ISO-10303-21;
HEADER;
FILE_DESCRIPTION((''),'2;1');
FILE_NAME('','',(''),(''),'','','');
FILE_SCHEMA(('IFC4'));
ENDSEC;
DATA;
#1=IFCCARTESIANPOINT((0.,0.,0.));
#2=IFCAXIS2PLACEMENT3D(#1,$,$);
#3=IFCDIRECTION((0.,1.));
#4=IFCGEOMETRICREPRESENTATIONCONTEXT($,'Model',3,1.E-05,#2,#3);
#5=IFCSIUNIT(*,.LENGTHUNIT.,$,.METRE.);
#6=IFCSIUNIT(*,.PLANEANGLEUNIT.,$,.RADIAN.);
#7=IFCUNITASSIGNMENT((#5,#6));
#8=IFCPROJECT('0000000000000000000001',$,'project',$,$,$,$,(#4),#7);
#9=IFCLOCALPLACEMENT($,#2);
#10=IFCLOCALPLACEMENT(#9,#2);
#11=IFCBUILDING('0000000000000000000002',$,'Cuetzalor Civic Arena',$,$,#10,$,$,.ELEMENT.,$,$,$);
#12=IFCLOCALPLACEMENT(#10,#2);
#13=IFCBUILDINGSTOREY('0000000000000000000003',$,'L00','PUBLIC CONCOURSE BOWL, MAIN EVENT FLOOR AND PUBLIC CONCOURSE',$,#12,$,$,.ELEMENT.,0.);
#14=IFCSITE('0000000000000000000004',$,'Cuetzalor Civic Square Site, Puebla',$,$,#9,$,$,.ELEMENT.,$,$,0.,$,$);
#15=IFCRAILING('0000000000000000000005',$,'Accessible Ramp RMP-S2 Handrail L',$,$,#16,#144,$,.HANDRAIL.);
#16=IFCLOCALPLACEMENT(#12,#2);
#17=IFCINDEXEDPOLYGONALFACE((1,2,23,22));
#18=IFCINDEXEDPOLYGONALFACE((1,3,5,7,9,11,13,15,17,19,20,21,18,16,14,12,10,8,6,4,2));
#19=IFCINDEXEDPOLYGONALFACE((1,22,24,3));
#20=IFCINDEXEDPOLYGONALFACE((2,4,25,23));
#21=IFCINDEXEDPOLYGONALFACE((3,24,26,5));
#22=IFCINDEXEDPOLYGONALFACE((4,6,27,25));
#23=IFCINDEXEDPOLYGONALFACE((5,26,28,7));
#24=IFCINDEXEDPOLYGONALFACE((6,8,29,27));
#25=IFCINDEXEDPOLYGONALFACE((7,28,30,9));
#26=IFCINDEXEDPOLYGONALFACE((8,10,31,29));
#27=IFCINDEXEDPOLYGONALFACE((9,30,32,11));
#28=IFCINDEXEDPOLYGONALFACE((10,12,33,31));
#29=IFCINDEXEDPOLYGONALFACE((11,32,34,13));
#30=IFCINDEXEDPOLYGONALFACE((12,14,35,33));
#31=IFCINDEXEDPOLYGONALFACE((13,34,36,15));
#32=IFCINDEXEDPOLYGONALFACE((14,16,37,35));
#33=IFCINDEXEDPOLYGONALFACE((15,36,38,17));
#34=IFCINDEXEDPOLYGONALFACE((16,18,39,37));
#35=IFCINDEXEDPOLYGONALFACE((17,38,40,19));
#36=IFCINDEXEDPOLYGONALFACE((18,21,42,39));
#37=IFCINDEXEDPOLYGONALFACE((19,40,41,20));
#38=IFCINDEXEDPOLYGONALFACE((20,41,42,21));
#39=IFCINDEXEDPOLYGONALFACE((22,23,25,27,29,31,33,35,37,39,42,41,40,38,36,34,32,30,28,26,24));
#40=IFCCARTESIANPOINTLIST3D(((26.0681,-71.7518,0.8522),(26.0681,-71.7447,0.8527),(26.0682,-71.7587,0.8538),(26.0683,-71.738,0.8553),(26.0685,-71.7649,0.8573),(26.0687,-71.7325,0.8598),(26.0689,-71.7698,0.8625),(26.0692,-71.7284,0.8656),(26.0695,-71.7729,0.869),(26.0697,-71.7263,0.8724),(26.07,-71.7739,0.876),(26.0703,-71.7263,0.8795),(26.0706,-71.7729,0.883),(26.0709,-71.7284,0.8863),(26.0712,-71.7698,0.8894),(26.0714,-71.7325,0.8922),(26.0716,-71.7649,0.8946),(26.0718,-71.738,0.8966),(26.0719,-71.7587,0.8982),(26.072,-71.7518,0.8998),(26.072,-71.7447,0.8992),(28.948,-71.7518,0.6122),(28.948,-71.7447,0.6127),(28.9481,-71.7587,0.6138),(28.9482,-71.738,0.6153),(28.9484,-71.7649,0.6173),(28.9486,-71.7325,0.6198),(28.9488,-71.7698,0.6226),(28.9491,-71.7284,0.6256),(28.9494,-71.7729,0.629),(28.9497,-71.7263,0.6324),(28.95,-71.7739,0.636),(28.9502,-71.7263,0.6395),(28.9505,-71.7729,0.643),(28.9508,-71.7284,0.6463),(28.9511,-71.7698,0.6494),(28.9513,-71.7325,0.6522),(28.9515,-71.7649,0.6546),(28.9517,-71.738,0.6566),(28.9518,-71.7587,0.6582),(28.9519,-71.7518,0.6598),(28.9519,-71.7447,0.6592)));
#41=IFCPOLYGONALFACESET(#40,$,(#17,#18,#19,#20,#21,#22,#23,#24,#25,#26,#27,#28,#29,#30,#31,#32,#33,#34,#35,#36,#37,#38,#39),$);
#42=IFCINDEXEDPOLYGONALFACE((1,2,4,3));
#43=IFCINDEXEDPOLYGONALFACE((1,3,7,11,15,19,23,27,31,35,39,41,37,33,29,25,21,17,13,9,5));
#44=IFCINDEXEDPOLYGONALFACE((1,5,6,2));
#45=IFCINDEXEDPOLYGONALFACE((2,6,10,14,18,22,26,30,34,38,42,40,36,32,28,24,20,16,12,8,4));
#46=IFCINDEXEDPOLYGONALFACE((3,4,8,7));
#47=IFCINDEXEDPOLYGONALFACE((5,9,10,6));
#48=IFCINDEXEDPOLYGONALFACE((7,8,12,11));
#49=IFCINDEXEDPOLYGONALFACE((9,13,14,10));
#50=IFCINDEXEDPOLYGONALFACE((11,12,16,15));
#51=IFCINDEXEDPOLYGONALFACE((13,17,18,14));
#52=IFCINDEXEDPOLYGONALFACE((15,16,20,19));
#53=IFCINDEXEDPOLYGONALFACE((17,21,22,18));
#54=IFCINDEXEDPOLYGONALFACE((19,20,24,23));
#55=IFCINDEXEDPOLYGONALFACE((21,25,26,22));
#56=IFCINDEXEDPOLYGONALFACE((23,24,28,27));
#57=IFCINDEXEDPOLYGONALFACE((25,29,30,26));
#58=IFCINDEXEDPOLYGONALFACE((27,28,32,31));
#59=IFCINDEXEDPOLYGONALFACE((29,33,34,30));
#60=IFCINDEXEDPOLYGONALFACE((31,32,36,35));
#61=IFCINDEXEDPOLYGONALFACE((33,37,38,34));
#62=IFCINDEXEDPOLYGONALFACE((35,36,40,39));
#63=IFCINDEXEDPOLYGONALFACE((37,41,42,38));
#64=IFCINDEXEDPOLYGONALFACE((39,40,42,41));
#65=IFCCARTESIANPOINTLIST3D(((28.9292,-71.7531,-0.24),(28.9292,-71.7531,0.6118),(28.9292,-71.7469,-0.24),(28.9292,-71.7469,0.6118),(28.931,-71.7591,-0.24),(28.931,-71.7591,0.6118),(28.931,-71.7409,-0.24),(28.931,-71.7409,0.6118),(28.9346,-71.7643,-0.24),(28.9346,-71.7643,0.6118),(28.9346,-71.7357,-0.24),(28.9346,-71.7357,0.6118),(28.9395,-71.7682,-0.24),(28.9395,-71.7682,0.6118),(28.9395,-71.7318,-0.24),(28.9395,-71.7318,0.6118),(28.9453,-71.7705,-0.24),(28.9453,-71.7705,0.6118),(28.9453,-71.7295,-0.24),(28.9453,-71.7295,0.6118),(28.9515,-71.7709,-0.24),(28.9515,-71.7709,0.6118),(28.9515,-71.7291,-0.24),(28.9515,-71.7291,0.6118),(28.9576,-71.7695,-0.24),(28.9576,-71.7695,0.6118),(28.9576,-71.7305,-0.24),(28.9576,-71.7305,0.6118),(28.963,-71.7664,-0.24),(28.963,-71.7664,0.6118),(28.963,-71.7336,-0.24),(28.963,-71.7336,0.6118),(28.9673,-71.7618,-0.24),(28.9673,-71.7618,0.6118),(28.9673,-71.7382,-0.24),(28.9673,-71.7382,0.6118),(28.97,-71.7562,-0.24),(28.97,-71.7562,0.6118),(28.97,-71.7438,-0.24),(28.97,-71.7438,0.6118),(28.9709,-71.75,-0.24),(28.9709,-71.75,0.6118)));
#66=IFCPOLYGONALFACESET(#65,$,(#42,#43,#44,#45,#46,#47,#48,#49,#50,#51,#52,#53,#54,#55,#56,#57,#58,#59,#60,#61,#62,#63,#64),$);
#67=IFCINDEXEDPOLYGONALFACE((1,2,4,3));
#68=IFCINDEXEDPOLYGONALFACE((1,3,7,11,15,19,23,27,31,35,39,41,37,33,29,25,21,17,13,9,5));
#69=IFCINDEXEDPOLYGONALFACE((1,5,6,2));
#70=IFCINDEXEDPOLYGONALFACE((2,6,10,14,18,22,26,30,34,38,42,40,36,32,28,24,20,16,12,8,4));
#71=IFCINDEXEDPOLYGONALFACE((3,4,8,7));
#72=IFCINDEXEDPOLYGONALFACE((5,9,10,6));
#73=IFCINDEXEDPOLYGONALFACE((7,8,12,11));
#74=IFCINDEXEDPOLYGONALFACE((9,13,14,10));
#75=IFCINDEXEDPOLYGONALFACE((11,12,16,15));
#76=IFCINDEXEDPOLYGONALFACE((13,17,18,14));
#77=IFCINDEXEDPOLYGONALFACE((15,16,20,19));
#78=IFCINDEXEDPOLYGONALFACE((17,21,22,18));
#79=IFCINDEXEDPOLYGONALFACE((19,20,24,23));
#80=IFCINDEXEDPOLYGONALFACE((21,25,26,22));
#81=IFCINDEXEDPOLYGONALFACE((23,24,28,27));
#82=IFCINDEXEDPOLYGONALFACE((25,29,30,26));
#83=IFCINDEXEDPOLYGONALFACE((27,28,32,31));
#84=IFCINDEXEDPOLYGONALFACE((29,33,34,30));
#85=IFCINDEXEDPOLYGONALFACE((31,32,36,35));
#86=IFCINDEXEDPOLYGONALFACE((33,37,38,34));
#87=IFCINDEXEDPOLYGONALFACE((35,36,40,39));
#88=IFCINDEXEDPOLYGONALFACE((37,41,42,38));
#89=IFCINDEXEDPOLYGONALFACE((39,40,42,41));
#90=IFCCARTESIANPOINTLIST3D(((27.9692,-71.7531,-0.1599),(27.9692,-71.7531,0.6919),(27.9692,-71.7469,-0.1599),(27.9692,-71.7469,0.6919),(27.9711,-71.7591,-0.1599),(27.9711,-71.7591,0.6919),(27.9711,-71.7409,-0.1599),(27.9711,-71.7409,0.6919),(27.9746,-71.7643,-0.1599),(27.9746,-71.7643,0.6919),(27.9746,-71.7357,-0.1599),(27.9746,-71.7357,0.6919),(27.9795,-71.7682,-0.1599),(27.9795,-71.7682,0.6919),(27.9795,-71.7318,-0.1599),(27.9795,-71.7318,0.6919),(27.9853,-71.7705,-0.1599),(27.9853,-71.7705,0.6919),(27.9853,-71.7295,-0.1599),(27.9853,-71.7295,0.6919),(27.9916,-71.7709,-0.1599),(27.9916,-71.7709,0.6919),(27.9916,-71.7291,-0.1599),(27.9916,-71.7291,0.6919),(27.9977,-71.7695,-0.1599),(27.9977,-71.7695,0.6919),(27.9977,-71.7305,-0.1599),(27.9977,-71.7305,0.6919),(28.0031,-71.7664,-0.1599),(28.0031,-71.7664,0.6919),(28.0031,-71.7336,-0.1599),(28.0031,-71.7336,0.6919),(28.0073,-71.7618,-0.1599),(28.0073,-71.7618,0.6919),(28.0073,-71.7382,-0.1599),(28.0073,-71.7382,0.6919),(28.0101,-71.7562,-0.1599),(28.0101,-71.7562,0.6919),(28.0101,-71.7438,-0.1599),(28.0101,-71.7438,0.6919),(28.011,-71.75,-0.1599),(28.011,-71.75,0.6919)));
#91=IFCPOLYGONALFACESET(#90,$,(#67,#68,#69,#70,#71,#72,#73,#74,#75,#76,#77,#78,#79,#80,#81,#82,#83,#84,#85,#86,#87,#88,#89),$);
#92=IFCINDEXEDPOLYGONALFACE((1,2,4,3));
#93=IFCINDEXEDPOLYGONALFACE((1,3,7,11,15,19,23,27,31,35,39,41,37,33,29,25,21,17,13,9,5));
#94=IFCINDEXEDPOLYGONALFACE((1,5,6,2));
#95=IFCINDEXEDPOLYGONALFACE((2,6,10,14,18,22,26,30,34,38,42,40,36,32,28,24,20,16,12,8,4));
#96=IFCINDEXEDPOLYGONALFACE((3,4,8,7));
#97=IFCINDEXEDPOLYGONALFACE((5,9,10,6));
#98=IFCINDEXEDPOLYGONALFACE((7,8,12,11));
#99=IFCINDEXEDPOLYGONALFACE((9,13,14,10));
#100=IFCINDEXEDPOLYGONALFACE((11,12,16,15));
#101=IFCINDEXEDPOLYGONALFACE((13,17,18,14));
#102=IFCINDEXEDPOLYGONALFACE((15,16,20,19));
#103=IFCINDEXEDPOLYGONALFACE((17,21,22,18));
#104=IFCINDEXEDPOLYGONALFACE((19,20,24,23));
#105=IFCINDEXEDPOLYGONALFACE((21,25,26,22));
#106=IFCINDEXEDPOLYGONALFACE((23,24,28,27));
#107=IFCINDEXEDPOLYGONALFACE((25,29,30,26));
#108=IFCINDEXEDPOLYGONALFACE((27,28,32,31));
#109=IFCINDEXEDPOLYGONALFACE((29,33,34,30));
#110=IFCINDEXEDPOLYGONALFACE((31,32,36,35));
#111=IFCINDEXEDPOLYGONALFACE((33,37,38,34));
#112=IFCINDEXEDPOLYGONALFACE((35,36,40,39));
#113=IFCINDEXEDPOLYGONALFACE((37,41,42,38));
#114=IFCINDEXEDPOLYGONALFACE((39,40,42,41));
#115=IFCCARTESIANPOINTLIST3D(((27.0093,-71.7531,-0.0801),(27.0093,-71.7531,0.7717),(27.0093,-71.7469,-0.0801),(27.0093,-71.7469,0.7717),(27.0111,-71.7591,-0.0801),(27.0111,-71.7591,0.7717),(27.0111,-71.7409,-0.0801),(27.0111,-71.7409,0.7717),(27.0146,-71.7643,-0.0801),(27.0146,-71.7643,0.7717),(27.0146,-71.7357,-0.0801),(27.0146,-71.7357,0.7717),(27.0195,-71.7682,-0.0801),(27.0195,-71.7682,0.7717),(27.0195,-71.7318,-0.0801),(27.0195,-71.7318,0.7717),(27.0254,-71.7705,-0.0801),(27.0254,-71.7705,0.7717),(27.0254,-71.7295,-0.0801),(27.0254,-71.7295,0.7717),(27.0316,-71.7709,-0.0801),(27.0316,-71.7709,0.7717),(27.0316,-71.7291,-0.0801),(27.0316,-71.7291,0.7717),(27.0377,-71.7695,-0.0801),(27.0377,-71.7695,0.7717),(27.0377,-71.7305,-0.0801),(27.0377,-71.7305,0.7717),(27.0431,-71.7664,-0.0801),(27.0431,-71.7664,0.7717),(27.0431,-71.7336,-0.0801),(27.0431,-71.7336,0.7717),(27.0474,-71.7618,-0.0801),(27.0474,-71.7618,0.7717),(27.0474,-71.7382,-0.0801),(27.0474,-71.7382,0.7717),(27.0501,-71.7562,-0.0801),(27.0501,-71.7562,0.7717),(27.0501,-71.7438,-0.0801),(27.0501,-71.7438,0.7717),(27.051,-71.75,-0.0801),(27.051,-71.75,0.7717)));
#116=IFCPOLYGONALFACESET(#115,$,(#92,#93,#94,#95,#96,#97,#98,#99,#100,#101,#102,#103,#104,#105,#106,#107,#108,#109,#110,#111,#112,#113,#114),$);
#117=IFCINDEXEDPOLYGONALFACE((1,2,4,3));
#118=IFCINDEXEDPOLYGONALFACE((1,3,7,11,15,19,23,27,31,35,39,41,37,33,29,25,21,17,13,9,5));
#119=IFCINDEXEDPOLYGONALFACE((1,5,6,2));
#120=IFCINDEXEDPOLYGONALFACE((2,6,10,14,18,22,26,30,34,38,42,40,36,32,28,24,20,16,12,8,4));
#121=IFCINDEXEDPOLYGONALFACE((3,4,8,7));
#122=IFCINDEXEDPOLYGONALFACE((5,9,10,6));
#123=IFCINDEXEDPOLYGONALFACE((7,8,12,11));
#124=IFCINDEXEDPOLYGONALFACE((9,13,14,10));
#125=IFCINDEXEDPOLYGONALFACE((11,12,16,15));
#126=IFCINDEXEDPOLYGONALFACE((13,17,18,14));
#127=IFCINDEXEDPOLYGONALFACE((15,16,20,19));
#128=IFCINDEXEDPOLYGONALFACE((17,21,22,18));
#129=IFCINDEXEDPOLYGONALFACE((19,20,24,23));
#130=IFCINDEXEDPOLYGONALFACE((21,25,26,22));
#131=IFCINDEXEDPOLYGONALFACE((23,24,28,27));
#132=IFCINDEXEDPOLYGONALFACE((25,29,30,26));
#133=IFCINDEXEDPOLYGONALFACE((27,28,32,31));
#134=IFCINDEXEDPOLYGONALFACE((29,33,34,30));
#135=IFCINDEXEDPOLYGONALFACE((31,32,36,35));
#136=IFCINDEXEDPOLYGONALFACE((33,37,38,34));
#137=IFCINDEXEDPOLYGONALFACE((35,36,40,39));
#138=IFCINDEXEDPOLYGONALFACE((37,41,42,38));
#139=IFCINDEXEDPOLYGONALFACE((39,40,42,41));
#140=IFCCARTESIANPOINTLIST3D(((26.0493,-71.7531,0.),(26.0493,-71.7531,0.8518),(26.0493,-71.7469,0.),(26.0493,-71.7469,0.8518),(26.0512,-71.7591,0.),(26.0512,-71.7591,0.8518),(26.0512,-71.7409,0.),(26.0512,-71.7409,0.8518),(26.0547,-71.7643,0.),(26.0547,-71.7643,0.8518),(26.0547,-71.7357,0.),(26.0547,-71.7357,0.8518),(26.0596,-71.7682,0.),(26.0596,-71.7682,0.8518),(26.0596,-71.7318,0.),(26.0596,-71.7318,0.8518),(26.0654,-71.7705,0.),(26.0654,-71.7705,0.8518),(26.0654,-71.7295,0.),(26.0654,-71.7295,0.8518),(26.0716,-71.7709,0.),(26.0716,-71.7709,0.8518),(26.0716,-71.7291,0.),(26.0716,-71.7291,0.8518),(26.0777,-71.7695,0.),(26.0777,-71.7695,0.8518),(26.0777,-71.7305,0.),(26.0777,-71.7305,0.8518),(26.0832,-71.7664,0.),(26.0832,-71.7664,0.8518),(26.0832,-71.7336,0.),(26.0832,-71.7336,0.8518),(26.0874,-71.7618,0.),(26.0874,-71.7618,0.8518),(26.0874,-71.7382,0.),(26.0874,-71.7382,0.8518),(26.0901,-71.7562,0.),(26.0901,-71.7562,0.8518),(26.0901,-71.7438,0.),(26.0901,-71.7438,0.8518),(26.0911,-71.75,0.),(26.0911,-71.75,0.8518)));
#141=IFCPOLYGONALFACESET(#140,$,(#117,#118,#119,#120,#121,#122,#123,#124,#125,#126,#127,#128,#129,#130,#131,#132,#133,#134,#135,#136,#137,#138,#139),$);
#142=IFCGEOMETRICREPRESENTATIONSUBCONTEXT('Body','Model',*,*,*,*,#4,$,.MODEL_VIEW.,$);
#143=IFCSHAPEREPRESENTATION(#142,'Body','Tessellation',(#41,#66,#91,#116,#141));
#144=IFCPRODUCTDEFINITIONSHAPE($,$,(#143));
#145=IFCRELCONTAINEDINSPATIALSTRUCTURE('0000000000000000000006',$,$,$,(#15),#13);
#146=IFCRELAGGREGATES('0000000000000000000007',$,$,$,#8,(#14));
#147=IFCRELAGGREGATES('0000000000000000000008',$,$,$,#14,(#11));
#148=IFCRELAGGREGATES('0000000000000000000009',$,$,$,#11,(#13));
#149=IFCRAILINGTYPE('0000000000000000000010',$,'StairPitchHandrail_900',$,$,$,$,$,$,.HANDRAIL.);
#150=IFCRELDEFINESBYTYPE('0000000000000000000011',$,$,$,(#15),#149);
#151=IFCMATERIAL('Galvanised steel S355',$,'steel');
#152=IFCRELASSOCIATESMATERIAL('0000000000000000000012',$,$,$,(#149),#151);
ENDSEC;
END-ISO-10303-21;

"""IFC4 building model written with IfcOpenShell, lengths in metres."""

from ifc_helpers import new_model, si_unit, direction, frame, origin, origin_2d, place, context, subcontext, project, spatial, circle, extrude, material, type_object, element, save


model = new_model("IFC4")

# Units and contexts
model_context = context("Model", 3, precision=1e-05, world=origin(), true_north=direction((0.0, 1.0)))
body_context = subcontext(model_context, "Body", "Model", "MODEL_VIEW")
ifc_project = project(units=[si_unit("LENGTHUNIT", "METRE"), si_unit("PLANEANGLEUNIT", "RADIAN")], contexts=[model_context])

# Site, building, storey
site_placement = place(None, origin())
site = spatial("IfcSite", under=ifc_project, at=site_placement, Name="Cuetzalor Civic Square Site, Puebla", CompositionType="ELEMENT", RefElevation=0.0)
building_placement = place(site_placement, origin())
building = spatial("IfcBuilding", under=site, at=building_placement, Name="Cuetzalor Civic Arena", CompositionType="ELEMENT")
storey_placement = place(building_placement, origin())
storey = spatial("IfcBuildingStorey", under=building, at=storey_placement, Name="L00", Description="PUBLIC CONCOURSE BOWL, MAIN EVENT FLOOR AND PUBLIC CONCOURSE", CompositionType="ELEMENT", Elevation=0.0)

# Railing
ifc_material_1 = material(Name="Galvanised steel S355", Category="steel")
railing_type = type_object("IfcRailingType", Name="StairPitchHandrail_900", PredefinedType="HANDRAIL", material=ifc_material_1)
for number, where, name in (
    (1, (28.95, -71.75, -0.24), "Accessible Ramp RMP-S2 Handrail L"),
):
    element("IfcRailing", number, at=place(storey_placement, frame(where)), inside=storey, type_object=railing_type, Name=name, PredefinedType="HANDRAIL", context=body_context, shape_type="SweptSolid", body=[
        extrude(circle(Radius=0.0239, at=origin_2d()), frame((0.0, 0.0, 0.876), z_axis=(-0.996546, 0.0, 0.083045), x_axis=(0.0, -1.0, 0.0)), (0.0, 0.0, 1.0), 2.8899),
        extrude(circle(Radius=0.021, at=origin_2d()), origin(), (0.0, 0.0, 1.0), 0.8518),
        extrude(circle(Radius=0.021, at=origin_2d()), frame((-0.96, 0.0, 0.0801)), (0.0, 0.0, 1.0), 0.8518),
        extrude(circle(Radius=0.021, at=origin_2d()), frame((-1.9199, 0.0, 0.1599)), (0.0, 0.0, 1.0), 0.8518),
        extrude(circle(Radius=0.021, at=origin_2d()), frame((-2.8799, 0.0, 0.24)), (0.0, 0.0, 1.0), 0.8518),
    ])

save(model, "model.ifc")
